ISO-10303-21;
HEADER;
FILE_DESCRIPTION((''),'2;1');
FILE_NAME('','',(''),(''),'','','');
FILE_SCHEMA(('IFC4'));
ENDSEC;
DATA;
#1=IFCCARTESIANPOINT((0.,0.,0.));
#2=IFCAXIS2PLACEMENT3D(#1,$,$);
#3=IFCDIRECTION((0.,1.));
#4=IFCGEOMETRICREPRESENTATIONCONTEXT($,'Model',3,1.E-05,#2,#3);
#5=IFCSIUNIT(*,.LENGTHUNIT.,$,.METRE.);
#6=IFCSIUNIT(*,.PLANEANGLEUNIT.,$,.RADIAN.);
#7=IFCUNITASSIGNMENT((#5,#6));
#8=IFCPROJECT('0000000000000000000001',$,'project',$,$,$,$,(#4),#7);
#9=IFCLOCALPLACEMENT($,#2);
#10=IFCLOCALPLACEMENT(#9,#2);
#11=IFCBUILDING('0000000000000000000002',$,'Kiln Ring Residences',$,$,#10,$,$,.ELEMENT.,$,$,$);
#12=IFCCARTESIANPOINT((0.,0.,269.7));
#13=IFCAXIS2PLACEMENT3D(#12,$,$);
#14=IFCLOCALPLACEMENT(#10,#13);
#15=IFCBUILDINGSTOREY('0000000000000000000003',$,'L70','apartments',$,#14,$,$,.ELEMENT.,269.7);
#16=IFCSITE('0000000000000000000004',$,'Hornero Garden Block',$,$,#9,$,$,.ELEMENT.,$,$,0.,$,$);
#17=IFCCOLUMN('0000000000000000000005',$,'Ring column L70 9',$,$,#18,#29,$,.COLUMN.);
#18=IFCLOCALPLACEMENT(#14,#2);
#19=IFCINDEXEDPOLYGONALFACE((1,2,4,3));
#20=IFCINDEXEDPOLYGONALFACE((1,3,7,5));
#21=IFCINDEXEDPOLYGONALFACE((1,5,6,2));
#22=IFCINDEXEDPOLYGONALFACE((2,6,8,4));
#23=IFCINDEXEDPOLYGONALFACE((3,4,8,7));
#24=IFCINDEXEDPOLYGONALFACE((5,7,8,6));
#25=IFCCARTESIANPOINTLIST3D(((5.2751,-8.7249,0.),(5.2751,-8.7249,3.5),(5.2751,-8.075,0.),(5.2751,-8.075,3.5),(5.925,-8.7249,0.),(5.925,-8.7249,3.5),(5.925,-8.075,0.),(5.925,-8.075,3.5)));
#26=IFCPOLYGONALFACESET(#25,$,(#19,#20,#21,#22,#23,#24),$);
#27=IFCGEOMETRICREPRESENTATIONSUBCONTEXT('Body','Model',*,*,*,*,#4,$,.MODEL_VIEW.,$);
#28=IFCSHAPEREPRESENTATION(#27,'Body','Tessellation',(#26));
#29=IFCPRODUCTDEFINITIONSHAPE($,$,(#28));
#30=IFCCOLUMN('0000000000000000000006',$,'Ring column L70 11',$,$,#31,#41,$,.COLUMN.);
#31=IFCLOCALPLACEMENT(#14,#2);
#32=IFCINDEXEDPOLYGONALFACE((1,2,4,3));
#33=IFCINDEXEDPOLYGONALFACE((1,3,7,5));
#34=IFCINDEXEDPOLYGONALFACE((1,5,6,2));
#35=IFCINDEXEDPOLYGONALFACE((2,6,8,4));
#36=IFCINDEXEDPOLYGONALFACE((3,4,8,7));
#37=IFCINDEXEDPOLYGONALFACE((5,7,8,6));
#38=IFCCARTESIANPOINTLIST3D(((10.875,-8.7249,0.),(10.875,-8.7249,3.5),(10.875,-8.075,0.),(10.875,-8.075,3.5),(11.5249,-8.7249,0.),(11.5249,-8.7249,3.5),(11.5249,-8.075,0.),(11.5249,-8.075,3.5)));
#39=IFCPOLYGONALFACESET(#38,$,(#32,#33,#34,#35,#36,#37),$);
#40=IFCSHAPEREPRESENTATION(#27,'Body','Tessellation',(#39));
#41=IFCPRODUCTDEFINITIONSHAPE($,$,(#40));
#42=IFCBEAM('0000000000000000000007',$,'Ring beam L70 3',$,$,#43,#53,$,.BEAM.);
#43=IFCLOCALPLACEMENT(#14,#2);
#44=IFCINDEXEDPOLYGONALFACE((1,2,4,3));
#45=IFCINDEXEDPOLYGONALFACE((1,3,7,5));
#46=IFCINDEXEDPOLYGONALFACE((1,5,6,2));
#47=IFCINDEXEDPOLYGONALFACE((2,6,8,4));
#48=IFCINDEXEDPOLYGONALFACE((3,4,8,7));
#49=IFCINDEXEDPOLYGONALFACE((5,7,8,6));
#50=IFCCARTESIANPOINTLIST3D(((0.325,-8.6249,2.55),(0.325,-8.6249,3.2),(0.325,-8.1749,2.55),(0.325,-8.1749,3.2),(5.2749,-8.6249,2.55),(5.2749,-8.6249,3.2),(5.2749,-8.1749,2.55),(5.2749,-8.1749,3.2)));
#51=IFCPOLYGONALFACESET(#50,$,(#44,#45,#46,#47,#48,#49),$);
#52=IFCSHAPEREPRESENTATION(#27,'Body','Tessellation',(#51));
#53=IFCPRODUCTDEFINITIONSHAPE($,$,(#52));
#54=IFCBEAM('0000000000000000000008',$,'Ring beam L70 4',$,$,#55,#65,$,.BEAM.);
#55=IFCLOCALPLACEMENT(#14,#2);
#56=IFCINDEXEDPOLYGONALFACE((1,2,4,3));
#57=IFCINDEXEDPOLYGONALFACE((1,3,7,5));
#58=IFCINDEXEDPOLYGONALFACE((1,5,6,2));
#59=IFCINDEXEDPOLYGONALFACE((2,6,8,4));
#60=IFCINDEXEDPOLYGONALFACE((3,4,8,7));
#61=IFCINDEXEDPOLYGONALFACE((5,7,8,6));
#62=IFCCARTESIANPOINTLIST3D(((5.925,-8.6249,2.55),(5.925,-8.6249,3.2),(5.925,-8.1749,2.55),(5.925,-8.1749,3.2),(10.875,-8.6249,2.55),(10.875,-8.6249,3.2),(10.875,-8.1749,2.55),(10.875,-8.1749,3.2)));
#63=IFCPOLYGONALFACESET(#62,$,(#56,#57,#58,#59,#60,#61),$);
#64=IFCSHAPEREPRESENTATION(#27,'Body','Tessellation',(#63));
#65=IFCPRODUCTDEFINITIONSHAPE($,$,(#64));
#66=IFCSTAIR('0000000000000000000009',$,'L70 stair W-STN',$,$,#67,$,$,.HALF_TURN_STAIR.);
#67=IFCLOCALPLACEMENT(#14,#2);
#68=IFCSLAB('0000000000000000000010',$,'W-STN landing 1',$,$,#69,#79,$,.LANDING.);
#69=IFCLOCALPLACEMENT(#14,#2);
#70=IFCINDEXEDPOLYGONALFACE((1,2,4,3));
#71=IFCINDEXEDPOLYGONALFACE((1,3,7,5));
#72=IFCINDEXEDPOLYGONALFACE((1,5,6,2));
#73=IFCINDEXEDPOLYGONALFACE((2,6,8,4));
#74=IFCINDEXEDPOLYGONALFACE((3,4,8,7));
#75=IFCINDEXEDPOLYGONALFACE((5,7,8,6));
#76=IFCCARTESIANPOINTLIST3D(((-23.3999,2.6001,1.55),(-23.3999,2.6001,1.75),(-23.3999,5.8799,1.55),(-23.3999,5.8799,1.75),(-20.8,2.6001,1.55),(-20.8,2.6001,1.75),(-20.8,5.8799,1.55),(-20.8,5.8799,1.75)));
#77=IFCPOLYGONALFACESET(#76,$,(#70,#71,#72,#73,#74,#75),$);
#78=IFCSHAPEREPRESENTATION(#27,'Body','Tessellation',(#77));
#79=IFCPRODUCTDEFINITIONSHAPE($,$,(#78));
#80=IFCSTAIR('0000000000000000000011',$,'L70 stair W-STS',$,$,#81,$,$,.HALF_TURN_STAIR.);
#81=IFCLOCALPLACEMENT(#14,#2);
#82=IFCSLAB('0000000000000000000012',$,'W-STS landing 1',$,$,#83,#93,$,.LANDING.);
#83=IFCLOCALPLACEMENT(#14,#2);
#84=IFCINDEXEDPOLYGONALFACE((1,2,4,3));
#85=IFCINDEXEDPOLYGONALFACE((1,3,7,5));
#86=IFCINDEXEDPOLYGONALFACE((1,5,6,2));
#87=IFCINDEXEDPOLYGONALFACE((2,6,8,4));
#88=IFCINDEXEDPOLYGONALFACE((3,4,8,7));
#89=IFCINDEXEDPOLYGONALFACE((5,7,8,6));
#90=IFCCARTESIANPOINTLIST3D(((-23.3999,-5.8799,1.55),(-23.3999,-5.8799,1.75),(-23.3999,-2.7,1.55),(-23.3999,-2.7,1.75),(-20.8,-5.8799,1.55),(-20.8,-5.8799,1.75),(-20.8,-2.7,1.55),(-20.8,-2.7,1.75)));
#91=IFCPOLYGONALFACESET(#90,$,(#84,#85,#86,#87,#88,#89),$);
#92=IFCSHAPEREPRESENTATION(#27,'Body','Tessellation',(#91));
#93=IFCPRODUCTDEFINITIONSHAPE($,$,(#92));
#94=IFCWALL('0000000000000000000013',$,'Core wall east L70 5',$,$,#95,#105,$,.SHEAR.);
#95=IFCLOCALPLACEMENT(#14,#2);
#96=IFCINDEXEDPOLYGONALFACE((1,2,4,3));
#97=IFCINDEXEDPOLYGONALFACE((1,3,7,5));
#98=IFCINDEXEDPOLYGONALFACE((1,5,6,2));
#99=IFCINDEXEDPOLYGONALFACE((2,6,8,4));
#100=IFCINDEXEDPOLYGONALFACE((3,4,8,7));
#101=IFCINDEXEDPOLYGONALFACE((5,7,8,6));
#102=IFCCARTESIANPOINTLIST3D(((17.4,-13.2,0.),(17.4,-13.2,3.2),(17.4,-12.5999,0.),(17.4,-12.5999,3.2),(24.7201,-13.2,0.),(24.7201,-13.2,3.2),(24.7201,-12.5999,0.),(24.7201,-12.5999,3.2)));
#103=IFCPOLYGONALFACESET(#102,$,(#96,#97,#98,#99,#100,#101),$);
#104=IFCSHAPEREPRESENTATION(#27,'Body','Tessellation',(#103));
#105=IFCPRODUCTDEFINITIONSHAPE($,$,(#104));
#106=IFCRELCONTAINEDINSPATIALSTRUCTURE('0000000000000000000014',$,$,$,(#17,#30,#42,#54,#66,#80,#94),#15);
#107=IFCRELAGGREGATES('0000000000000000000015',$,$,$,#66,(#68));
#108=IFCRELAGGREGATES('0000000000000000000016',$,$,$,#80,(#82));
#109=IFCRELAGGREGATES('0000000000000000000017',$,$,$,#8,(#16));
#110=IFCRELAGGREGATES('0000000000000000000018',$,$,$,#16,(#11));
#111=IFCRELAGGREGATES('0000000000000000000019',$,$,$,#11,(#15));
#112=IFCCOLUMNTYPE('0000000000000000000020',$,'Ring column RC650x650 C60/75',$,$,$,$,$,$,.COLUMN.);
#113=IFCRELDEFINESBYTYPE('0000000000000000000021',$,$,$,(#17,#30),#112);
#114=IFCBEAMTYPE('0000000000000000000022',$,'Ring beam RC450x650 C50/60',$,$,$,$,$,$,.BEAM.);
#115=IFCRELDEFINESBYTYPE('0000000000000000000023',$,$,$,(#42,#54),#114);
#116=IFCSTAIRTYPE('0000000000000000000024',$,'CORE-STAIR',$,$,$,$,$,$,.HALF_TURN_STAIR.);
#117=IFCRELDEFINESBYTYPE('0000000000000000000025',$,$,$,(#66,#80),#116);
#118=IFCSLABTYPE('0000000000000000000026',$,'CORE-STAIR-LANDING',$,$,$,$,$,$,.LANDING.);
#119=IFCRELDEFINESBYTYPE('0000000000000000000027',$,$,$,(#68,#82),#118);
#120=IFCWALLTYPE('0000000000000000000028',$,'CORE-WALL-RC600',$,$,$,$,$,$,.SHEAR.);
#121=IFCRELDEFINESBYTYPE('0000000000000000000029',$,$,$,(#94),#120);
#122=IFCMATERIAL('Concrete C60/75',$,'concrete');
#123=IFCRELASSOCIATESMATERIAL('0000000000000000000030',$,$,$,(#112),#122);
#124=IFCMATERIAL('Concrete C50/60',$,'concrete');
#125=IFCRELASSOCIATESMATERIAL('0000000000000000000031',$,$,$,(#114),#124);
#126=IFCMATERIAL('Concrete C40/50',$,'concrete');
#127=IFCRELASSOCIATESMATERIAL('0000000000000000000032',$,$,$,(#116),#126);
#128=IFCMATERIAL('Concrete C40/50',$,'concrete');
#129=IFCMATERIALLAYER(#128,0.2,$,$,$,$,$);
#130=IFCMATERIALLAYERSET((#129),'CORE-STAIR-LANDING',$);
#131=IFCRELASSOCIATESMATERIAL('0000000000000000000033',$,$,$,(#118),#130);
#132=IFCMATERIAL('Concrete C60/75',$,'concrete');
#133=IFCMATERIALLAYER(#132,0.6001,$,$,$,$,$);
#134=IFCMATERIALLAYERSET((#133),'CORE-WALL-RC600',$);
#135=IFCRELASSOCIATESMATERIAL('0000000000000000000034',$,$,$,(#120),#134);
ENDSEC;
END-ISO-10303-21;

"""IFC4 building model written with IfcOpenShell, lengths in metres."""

from ifc_helpers import new_model, si_unit, direction, frame, frame_2d, origin, origin_2d, place, context, subcontext, project, spatial, polyline, rectangle, outline, extrude, material, layer, layer_set, material_profile, profile_set, type_object, element, aggregate, save


model = new_model("IFC4")

# Units and contexts
model_context = context("Model", 3, precision=1e-05, world=origin(), true_north=direction((0.0, 1.0)))
body_context = subcontext(model_context, "Body", "Model", "MODEL_VIEW")
ifc_project = project(units=[si_unit("LENGTHUNIT", "METRE"), si_unit("PLANEANGLEUNIT", "RADIAN")], contexts=[model_context])

# Site, building, storey
site_placement = place(None, origin())
site = spatial("IfcSite", under=ifc_project, at=site_placement, Name="Hornero Garden Block", CompositionType="ELEMENT", RefElevation=0.0)
building_placement = place(site_placement, origin())
building = spatial("IfcBuilding", under=site, at=building_placement, Name="Kiln Ring Residences", CompositionType="ELEMENT")
storey_placement = place(building_placement, frame((0.0, 0.0, 269.7)))
storey = spatial("IfcBuildingStorey", under=building, at=storey_placement, Name="L70", Description="apartments", CompositionType="ELEMENT", Elevation=269.7)

# Columns
ifc_material_1 = material(Name="Concrete C60/75", Category="concrete")
ifc_material_profile_1 = material_profile(ifc_material_1, rectangle(XDim=0.6499, YDim=0.6499, at=origin_2d()), Name="RC650x650")
ifc_profile_set_1 = profile_set([ifc_material_profile_1], Name="Concrete C60/75")
column_type = type_object("IfcColumnType", Name="Ring column RC650x650 C60/75", PredefinedType="COLUMN", material=ifc_profile_set_1)
for number, where, z_axis, x_axis, name in (
    (1, (5.6001, -8.3999, 0.0), (0.0, 0.0, 1.0), (1.0, 0.0, 0.0), "Ring column L70 9"),
    (2, (11.2, -8.3999, 0.0), (0.0, 0.0, 1.0), (1.0, 0.0, 0.0), "Ring column L70 11"),
):
    element("IfcColumn", number, at=place(storey_placement, frame(where, z_axis=z_axis, x_axis=x_axis)), inside=storey, type_object=column_type, Name=name, PredefinedType="COLUMN", context=body_context, shape_type="SweptSolid", body=[
        extrude(rectangle(XDim=0.6499, YDim=0.6499, at=origin_2d()), origin(), (0.0, 0.0, 1.0), 3.5),
    ])

# Beams
ifc_material_2 = material(Name="Concrete C50/60", Category="concrete")
ifc_material_profile_2 = material_profile(ifc_material_2, rectangle(XDim=0.45, YDim=0.6499, at=origin_2d()), Name="RC450x650")
ifc_profile_set_2 = profile_set([ifc_material_profile_2], Name="Concrete C50/60")
beam_type = type_object("IfcBeamType", Name="Ring beam RC450x650 C50/60", PredefinedType="BEAM", material=ifc_profile_set_2)
for number, where, z_axis, x_axis, name in (
    (3, (0.325, -8.3999, 2.875), (1.0, 0.0, 0.0), (0.0, 1.0, 0.0), "Ring beam L70 3"),
    (4, (5.925, -8.3999, 2.875), (1.0, 0.0, 0.0), (0.0, 1.0, 0.0), "Ring beam L70 4"),
):
    element("IfcBeam", number, at=place(storey_placement, frame(where, z_axis=z_axis, x_axis=x_axis)), inside=storey, type_object=beam_type, Name=name, PredefinedType="BEAM", context=body_context, shape_type="SweptSolid", body=[
        extrude(rectangle(XDim=0.45, YDim=0.6499, at=origin_2d()), origin(), (0.0, 0.0, 1.0), 4.95),
    ])

# Stairs, slabs
ifc_material_3 = material(Name="Concrete C40/50", Category="concrete")
stair_type = type_object("IfcStairType", Name="CORE-STAIR", PredefinedType="HALF_TURN_STAIR", material=ifc_material_3)
placement_1 = place(storey_placement, origin())
stair_1 = element("IfcStair", 5, at=placement_1, inside=storey, type_object=stair_type, Name="L70 stair W-STN", PredefinedType="HALF_TURN_STAIR")
ifc_material_4 = material(Name="Concrete C40/50", Category="concrete")
ifc_layer_1 = layer(ifc_material_4, 0.2)
ifc_layer_set_1 = layer_set([ifc_layer_1], Name="CORE-STAIR-LANDING")
slab_type = type_object("IfcSlabType", Name="CORE-STAIR-LANDING", PredefinedType="LANDING", material=ifc_layer_set_1)
placement_2 = place(storey_placement, frame((0.0, 0.0, 1.55)))
slab_1 = element("IfcSlab", 6, at=placement_2, type_object=slab_type, Name="W-STN landing 1", PredefinedType="LANDING", context=body_context, shape_type="SweptSolid", body=[
    extrude(outline(polyline([(-23.3999, 5.8799), (-23.3999, 2.6001), (-20.8, 2.6001), (-20.8, 5.8799), (-23.3999, 5.8799)])), origin(), (0.0, 0.0, 1.0), 0.2),
])
aggregate(stair_1, [slab_1])
stair_2 = element("IfcStair", 7, at=placement_1, inside=storey, type_object=stair_type, Name="L70 stair W-STS", PredefinedType="HALF_TURN_STAIR")
slab_2 = element("IfcSlab", 8, at=placement_2, type_object=slab_type, Name="W-STS landing 1", PredefinedType="LANDING", context=body_context, shape_type="SweptSolid", body=[
    extrude(outline(polyline([(-20.8, -5.8799), (-20.8, -2.7), (-23.3999, -2.7), (-23.3999, -5.8799), (-20.8, -5.8799)])), origin(), (0.0, 0.0, 1.0), 0.2),
])
aggregate(stair_2, [slab_2])

# Wall
ifc_material_5 = material(Name="Concrete C60/75", Category="concrete")
ifc_layer_2 = layer(ifc_material_5, 0.6001)
ifc_layer_set_2 = layer_set([ifc_layer_2], Name="CORE-WALL-RC600")
wall_type_1 = type_object("IfcWallType", Name="CORE-WALL-RC600", PredefinedType="SHEAR", material=ifc_layer_set_2)
wall_1_placement = place(storey_placement, frame((17.3999, -12.8999, 0.0), z_axis=(0.0, 0.0, 1.0), x_axis=(1.0, 0.0, 0.0)))
element("IfcWall", 9, at=wall_1_placement, inside=storey, type_object=wall_type_1, Name="Core wall east L70 5", PredefinedType="SHEAR", context=body_context, shape_type="SweptSolid", body=[
    extrude(rectangle(XDim=7.3201, YDim=0.6001, at=frame_2d((3.6602, 0.0))), origin(), (0.0, 0.0, 1.0), 3.2),
])

save(model, "model.ifc")
